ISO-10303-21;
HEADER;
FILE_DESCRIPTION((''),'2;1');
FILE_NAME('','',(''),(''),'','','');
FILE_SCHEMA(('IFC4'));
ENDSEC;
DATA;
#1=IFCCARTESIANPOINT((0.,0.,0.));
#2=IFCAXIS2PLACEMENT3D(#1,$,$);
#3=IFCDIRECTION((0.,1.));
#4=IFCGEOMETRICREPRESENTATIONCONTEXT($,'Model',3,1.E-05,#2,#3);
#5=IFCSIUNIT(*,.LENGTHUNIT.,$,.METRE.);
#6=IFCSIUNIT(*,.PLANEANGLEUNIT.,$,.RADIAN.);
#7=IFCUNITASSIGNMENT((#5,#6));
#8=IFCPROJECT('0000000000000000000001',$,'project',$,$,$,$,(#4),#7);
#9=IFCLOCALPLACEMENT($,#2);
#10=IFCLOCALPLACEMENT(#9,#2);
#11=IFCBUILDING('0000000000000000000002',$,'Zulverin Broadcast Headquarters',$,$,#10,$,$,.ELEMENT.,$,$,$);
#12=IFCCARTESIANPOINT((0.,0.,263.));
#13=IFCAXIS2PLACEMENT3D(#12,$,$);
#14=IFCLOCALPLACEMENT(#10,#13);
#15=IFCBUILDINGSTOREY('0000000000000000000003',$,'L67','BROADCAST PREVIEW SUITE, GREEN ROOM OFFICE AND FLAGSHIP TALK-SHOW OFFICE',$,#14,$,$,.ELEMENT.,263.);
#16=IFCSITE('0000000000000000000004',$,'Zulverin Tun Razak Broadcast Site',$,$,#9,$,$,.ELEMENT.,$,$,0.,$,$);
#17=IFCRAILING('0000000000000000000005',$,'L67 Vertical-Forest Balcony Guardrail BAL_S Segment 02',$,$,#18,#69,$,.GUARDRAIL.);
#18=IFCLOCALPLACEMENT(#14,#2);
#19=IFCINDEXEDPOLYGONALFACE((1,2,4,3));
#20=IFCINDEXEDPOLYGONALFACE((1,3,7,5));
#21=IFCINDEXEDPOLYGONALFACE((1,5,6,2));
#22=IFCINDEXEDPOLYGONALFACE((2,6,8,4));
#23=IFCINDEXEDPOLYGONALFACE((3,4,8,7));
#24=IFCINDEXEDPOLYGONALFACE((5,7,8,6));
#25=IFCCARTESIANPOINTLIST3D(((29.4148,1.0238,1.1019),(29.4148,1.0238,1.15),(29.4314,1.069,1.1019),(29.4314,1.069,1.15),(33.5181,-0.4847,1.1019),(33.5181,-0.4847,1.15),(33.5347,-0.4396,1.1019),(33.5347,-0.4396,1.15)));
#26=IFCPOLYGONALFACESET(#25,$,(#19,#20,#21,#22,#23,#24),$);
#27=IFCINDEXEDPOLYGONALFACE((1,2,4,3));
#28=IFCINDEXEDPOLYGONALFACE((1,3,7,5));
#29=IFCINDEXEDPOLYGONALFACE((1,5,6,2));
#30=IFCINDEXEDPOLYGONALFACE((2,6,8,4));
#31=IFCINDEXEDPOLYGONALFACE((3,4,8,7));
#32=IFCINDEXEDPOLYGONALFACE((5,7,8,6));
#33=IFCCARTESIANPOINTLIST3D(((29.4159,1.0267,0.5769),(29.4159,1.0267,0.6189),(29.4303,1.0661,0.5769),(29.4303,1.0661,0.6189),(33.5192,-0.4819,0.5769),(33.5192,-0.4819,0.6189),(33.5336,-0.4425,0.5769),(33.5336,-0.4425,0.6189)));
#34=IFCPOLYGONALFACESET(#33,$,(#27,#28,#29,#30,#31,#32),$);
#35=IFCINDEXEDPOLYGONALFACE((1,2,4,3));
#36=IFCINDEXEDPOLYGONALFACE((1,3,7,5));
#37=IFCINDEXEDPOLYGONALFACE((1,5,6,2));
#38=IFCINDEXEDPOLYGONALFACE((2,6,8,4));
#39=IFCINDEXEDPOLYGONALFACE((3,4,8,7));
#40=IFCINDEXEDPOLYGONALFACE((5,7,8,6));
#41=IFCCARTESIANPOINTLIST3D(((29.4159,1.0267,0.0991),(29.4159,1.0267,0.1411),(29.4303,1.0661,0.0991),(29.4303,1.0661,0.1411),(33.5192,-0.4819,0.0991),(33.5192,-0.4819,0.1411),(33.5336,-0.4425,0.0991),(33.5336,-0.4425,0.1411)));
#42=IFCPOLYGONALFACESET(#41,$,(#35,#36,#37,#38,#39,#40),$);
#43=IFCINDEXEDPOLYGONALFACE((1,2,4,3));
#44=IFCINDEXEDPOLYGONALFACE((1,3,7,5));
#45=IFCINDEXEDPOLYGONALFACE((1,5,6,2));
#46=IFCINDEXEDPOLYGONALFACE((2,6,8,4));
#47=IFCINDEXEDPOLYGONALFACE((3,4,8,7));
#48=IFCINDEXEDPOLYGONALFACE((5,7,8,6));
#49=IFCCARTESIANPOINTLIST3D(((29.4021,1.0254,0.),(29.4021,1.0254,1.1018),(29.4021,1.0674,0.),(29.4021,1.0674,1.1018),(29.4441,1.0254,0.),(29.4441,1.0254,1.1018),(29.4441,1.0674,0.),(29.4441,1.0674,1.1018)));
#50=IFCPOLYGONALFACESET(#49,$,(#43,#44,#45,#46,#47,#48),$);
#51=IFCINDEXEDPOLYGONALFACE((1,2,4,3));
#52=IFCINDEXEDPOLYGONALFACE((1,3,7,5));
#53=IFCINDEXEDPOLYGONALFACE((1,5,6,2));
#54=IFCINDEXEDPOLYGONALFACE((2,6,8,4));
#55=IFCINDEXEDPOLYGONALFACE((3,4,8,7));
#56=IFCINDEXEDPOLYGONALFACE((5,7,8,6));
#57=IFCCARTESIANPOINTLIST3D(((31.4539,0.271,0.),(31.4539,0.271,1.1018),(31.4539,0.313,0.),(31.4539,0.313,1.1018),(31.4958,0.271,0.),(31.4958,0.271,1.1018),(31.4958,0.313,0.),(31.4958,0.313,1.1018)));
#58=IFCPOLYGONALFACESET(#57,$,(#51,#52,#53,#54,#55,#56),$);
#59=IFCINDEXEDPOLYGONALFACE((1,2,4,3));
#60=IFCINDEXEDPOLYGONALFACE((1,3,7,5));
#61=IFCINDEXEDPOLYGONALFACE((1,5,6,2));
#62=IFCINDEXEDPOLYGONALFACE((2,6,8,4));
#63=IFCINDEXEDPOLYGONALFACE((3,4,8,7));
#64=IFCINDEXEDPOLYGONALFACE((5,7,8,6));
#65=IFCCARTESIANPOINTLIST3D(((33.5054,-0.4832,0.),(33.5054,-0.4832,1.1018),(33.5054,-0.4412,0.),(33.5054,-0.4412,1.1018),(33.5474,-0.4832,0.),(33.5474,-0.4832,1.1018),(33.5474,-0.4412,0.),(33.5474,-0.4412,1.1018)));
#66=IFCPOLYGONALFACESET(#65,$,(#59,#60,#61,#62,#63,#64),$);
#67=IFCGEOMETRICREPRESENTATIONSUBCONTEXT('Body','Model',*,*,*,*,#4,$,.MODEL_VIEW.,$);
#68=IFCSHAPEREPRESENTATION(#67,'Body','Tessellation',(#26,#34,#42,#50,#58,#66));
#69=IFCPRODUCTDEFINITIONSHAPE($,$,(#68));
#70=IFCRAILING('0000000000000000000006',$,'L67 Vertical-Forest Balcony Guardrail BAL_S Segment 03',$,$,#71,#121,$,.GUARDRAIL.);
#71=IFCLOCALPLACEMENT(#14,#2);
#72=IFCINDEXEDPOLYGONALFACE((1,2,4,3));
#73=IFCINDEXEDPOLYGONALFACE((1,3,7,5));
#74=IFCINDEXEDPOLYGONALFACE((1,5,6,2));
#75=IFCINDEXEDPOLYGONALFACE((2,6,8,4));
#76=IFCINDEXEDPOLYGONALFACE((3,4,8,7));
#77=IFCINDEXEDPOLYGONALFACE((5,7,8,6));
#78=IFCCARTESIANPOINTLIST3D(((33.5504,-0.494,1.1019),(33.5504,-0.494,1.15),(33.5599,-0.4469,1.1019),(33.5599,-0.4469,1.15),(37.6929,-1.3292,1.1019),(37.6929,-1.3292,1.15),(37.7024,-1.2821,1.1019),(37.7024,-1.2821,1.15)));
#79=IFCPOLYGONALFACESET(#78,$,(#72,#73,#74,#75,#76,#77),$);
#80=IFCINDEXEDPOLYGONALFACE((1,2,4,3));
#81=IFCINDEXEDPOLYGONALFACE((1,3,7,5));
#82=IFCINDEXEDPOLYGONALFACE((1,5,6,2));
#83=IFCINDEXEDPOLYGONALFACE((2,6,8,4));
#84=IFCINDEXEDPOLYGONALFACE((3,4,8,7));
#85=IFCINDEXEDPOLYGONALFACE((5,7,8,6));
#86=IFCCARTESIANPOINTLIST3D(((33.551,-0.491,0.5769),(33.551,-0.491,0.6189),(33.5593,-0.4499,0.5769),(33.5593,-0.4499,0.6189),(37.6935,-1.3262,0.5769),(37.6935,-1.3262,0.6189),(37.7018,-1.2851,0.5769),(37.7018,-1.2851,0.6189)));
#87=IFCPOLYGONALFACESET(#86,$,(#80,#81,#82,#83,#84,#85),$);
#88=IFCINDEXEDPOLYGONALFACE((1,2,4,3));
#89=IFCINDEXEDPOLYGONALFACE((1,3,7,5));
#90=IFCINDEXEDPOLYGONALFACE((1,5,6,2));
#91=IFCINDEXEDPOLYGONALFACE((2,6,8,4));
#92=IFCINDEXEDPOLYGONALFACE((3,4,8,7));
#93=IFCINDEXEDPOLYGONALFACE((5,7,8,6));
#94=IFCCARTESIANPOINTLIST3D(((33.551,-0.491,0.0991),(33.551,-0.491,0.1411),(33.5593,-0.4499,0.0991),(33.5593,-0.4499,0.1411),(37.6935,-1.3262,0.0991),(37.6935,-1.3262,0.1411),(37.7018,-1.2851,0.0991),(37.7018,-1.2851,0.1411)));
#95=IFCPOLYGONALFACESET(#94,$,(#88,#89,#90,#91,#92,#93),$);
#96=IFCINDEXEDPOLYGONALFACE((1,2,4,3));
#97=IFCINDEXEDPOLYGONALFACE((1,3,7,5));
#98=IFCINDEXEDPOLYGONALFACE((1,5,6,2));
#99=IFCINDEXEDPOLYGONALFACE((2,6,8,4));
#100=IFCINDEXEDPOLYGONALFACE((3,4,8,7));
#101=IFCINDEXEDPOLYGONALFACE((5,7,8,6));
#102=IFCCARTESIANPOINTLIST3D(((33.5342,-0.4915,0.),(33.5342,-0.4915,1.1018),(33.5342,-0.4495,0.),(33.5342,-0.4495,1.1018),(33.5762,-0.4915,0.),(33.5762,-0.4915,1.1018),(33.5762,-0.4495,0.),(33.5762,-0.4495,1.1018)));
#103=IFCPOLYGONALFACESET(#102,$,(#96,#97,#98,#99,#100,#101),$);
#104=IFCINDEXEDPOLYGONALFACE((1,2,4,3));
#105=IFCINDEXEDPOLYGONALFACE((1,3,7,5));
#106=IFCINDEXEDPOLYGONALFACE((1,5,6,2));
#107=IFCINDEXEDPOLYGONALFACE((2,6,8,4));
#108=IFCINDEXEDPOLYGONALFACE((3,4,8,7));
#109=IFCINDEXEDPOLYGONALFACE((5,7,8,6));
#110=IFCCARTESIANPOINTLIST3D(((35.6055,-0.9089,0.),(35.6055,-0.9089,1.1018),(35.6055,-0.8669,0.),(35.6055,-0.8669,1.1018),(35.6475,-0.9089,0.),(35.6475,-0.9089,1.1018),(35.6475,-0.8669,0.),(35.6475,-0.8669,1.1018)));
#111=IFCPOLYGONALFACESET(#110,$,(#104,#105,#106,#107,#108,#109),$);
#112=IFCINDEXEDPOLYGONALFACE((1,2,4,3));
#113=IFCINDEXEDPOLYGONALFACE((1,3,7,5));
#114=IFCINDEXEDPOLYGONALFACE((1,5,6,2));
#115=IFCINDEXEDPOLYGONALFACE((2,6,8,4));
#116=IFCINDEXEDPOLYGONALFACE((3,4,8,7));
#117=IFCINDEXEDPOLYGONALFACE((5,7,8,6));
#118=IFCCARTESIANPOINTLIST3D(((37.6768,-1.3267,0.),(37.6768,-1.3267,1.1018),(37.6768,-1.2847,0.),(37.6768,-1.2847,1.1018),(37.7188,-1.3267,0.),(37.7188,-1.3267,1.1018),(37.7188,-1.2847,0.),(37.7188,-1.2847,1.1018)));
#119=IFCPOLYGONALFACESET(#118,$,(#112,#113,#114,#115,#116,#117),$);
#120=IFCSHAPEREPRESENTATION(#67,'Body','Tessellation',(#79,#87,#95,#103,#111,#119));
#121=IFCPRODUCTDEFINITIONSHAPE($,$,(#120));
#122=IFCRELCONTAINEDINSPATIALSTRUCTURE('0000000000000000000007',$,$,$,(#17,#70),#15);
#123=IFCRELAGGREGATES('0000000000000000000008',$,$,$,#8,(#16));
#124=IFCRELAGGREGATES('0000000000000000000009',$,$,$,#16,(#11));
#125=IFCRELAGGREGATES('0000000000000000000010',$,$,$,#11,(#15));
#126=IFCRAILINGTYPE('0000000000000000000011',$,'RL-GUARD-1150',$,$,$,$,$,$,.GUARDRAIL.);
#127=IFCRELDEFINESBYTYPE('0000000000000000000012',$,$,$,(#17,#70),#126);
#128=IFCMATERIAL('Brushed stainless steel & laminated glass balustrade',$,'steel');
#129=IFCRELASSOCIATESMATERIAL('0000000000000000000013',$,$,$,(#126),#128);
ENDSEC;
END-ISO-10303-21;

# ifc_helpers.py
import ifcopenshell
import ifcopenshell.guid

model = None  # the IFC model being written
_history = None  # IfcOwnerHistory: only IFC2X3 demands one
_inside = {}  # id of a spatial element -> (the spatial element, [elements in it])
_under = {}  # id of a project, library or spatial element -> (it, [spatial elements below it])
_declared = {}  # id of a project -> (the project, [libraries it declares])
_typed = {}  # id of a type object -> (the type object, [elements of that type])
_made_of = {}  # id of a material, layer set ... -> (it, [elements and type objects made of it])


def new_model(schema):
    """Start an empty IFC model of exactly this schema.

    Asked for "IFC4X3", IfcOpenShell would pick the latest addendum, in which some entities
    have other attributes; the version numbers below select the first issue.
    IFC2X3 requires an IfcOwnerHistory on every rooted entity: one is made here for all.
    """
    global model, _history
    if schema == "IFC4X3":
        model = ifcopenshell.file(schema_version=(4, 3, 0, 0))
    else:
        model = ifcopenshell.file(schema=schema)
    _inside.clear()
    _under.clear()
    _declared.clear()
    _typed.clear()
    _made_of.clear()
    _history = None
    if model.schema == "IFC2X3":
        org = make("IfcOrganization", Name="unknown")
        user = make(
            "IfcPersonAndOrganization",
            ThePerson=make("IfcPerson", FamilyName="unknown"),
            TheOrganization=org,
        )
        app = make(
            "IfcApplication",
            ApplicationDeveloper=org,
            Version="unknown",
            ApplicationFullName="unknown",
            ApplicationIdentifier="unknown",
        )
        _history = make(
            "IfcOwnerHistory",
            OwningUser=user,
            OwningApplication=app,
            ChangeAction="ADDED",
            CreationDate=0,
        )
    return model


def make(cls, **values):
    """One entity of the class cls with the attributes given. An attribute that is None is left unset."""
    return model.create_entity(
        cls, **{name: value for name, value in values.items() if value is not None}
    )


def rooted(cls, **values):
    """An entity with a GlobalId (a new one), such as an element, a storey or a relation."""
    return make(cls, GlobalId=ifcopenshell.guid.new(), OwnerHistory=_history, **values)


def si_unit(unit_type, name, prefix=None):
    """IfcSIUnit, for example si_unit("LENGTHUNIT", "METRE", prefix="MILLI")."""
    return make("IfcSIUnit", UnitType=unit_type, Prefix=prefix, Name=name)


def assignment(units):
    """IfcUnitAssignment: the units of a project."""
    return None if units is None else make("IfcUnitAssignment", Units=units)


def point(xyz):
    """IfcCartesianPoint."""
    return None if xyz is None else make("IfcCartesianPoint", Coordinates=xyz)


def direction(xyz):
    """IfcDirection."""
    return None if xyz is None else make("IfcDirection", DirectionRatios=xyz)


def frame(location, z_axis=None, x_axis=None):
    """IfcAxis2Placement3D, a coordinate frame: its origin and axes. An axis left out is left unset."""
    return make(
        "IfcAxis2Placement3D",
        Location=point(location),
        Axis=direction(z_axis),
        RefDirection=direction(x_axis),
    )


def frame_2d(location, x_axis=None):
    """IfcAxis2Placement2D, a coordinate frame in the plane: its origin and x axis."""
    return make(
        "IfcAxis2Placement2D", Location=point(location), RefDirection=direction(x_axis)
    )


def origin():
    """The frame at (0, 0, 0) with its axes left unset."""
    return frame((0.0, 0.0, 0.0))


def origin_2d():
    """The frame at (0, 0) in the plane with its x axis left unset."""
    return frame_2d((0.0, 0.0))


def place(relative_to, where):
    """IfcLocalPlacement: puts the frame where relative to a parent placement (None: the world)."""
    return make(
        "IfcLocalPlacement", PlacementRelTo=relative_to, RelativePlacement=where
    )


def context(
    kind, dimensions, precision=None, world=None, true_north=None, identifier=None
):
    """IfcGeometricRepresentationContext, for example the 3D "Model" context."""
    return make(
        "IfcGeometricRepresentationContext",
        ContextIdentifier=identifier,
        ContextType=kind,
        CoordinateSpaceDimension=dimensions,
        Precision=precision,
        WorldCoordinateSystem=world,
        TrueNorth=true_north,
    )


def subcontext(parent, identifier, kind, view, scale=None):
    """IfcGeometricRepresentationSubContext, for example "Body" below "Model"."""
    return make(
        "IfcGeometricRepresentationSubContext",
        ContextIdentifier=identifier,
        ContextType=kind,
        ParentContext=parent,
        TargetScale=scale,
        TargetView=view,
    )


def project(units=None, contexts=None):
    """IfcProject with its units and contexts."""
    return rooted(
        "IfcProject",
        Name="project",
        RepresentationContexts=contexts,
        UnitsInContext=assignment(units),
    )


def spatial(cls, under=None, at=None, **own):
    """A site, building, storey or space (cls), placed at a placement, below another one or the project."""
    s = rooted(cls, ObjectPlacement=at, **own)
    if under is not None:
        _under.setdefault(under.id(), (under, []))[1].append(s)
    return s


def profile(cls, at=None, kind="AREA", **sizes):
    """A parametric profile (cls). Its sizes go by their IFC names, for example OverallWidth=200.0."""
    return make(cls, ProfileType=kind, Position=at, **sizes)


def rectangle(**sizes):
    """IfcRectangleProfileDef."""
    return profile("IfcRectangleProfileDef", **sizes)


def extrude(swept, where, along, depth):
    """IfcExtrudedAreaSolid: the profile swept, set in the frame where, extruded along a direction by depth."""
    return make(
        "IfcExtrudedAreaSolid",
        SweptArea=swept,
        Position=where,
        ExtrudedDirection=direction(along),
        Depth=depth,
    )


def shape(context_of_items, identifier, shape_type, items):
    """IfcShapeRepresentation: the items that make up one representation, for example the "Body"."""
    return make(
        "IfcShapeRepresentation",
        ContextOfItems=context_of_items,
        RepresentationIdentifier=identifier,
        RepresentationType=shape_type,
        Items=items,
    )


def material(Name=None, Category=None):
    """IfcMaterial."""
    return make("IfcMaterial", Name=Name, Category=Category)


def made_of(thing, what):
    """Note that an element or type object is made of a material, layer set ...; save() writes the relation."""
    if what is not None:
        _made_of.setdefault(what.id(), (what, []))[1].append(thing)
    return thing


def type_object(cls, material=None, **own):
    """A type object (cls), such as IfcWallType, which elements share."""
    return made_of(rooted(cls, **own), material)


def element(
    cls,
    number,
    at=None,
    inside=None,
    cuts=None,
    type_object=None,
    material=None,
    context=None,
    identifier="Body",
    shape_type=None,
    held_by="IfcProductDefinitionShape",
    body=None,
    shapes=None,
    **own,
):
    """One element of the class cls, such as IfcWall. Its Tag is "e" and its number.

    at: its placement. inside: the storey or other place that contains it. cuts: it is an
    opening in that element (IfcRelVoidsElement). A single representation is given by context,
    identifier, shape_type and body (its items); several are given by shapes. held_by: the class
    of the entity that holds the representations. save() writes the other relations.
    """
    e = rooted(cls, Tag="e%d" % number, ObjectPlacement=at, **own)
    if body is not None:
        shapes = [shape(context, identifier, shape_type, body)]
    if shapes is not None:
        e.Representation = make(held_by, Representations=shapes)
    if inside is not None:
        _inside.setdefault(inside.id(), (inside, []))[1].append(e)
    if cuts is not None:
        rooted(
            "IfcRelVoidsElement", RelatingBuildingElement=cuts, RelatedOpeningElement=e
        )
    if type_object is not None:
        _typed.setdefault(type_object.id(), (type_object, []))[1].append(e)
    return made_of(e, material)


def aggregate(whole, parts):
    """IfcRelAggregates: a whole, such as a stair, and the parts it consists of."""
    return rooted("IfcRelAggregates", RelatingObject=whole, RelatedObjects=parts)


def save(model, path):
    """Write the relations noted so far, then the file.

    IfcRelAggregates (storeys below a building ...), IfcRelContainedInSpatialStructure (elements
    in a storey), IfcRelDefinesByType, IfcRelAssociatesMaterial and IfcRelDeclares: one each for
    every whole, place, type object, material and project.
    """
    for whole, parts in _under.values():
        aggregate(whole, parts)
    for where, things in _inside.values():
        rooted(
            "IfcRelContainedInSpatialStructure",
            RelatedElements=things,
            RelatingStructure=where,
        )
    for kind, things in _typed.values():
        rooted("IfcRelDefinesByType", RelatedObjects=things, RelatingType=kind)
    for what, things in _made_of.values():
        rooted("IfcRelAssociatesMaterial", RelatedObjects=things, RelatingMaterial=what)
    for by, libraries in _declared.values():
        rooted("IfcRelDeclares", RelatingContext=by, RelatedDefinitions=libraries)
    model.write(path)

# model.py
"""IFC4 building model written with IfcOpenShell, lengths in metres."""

from ifc_helpers import new_model, si_unit, direction, frame, origin, origin_2d, place, context, subcontext, project, spatial, rectangle, extrude, material, type_object, element, save


model = new_model("IFC4")

# Units and contexts
model_context = context("Model", 3, precision=1e-05, world=origin(), true_north=direction((0.0, 1.0)))
body_context = subcontext(model_context, "Body", "Model", "MODEL_VIEW")
ifc_project = project(units=[si_unit("LENGTHUNIT", "METRE"), si_unit("PLANEANGLEUNIT", "RADIAN")], contexts=[model_context])

# Site, building, storey
site_placement = place(None, origin())
site = spatial("IfcSite", under=ifc_project, at=site_placement, Name="Zulverin Tun Razak Broadcast Site", CompositionType="ELEMENT", RefElevation=0.0)
building_placement = place(site_placement, origin())
building = spatial("IfcBuilding", under=site, at=building_placement, Name="Zulverin Broadcast Headquarters", CompositionType="ELEMENT")
storey_placement = place(building_placement, frame((0.0, 0.0, 263.0)))
storey = spatial("IfcBuildingStorey", under=building, at=storey_placement, Name="L67", Description="BROADCAST PREVIEW SUITE, GREEN ROOM OFFICE AND FLAGSHIP TALK-SHOW OFFICE", CompositionType="ELEMENT", Elevation=263.0)

# Railings
ifc_material_1 = material(Name="Brushed stainless steel & laminated glass balustrade", Category="steel")
railing_type = type_object("IfcRailingType", Name="RL-GUARD-1150", PredefinedType="GUARDRAIL", material=ifc_material_1)
railing_1_placement = place(storey_placement, frame((29.4231, 1.0464, 0.0)))
element("IfcRailing", 1, at=railing_1_placement, inside=storey, type_object=railing_type, Name="L67 Vertical-Forest Balcony Guardrail BAL_S Segment 02", PredefinedType="GUARDRAIL", context=body_context, shape_type="SweptSolid", body=[
    extrude(rectangle(XDim=0.0481, YDim=0.0481, at=origin_2d()), frame((0.0, 0.0, 1.126), z_axis=(0.938579, -0.345063, 0.0), x_axis=(0.345063, 0.938579, 0.0)), (0.0, 0.0, 1.0), 4.3718),
    extrude(rectangle(XDim=0.042, YDim=0.042, at=origin_2d()), frame((0.0, 0.0, 0.5979), z_axis=(0.938579, -0.345063, 0.0), x_axis=(0.345063, 0.938579, 0.0)), (0.0, 0.0, 1.0), 4.3718),
    extrude(rectangle(XDim=0.042, YDim=0.042, at=origin_2d()), frame((0.0, 0.0, 0.1201), z_axis=(0.938579, -0.345063, 0.0), x_axis=(0.345063, 0.938579, 0.0)), (0.0, 0.0, 1.0), 4.3718),
    extrude(rectangle(XDim=0.042, YDim=0.042, at=origin_2d()), origin(), (0.0, 0.0, 1.0), 1.1018),
    extrude(rectangle(XDim=0.042, YDim=0.042, at=origin_2d()), frame((2.0518, -0.7544, 0.0)), (0.0, 0.0, 1.0), 1.1018),
    extrude(rectangle(XDim=0.042, YDim=0.042, at=origin_2d()), frame((4.1033, -1.5085, 0.0)), (0.0, 0.0, 1.0), 1.1018),
])
railing_2_placement = place(storey_placement, frame((33.5552, -0.4705, 0.0)))
element("IfcRailing", 2, at=railing_2_placement, inside=storey, type_object=railing_type, Name="L67 Vertical-Forest Balcony Guardrail BAL_S Segment 03", PredefinedType="GUARDRAIL", context=body_context, shape_type="SweptSolid", body=[
    extrude(rectangle(XDim=0.0481, YDim=0.0481, at=origin_2d()), frame((0.0, 0.0, 1.126), z_axis=(0.980275, -0.197638, 0.0), x_axis=(0.197638, 0.980275, 0.0)), (0.0, 0.0, 1.0), 4.2258),
    extrude(rectangle(XDim=0.042, YDim=0.042, at=origin_2d()), frame((0.0, 0.0, 0.5979), z_axis=(0.980275, -0.197638, 0.0), x_axis=(0.197638, 0.980275, 0.0)), (0.0, 0.0, 1.0), 4.2258),
    extrude(rectangle(XDim=0.042, YDim=0.042, at=origin_2d()), frame((0.0, 0.0, 0.1201), z_axis=(0.980275, -0.197638, 0.0), x_axis=(0.197638, 0.980275, 0.0)), (0.0, 0.0, 1.0), 4.2258),
    extrude(rectangle(XDim=0.042, YDim=0.042, at=origin_2d()), origin(), (0.0, 0.0, 1.0), 1.1018),
    extrude(rectangle(XDim=0.042, YDim=0.042, at=origin_2d()), frame((2.0713, -0.4175, 0.0)), (0.0, 0.0, 1.0), 1.1018),
    extrude(rectangle(XDim=0.042, YDim=0.042, at=origin_2d()), frame((4.1426, -0.8352, 0.0)), (0.0, 0.0, 1.0), 1.1018),
])

save(model, "model.ifc")
